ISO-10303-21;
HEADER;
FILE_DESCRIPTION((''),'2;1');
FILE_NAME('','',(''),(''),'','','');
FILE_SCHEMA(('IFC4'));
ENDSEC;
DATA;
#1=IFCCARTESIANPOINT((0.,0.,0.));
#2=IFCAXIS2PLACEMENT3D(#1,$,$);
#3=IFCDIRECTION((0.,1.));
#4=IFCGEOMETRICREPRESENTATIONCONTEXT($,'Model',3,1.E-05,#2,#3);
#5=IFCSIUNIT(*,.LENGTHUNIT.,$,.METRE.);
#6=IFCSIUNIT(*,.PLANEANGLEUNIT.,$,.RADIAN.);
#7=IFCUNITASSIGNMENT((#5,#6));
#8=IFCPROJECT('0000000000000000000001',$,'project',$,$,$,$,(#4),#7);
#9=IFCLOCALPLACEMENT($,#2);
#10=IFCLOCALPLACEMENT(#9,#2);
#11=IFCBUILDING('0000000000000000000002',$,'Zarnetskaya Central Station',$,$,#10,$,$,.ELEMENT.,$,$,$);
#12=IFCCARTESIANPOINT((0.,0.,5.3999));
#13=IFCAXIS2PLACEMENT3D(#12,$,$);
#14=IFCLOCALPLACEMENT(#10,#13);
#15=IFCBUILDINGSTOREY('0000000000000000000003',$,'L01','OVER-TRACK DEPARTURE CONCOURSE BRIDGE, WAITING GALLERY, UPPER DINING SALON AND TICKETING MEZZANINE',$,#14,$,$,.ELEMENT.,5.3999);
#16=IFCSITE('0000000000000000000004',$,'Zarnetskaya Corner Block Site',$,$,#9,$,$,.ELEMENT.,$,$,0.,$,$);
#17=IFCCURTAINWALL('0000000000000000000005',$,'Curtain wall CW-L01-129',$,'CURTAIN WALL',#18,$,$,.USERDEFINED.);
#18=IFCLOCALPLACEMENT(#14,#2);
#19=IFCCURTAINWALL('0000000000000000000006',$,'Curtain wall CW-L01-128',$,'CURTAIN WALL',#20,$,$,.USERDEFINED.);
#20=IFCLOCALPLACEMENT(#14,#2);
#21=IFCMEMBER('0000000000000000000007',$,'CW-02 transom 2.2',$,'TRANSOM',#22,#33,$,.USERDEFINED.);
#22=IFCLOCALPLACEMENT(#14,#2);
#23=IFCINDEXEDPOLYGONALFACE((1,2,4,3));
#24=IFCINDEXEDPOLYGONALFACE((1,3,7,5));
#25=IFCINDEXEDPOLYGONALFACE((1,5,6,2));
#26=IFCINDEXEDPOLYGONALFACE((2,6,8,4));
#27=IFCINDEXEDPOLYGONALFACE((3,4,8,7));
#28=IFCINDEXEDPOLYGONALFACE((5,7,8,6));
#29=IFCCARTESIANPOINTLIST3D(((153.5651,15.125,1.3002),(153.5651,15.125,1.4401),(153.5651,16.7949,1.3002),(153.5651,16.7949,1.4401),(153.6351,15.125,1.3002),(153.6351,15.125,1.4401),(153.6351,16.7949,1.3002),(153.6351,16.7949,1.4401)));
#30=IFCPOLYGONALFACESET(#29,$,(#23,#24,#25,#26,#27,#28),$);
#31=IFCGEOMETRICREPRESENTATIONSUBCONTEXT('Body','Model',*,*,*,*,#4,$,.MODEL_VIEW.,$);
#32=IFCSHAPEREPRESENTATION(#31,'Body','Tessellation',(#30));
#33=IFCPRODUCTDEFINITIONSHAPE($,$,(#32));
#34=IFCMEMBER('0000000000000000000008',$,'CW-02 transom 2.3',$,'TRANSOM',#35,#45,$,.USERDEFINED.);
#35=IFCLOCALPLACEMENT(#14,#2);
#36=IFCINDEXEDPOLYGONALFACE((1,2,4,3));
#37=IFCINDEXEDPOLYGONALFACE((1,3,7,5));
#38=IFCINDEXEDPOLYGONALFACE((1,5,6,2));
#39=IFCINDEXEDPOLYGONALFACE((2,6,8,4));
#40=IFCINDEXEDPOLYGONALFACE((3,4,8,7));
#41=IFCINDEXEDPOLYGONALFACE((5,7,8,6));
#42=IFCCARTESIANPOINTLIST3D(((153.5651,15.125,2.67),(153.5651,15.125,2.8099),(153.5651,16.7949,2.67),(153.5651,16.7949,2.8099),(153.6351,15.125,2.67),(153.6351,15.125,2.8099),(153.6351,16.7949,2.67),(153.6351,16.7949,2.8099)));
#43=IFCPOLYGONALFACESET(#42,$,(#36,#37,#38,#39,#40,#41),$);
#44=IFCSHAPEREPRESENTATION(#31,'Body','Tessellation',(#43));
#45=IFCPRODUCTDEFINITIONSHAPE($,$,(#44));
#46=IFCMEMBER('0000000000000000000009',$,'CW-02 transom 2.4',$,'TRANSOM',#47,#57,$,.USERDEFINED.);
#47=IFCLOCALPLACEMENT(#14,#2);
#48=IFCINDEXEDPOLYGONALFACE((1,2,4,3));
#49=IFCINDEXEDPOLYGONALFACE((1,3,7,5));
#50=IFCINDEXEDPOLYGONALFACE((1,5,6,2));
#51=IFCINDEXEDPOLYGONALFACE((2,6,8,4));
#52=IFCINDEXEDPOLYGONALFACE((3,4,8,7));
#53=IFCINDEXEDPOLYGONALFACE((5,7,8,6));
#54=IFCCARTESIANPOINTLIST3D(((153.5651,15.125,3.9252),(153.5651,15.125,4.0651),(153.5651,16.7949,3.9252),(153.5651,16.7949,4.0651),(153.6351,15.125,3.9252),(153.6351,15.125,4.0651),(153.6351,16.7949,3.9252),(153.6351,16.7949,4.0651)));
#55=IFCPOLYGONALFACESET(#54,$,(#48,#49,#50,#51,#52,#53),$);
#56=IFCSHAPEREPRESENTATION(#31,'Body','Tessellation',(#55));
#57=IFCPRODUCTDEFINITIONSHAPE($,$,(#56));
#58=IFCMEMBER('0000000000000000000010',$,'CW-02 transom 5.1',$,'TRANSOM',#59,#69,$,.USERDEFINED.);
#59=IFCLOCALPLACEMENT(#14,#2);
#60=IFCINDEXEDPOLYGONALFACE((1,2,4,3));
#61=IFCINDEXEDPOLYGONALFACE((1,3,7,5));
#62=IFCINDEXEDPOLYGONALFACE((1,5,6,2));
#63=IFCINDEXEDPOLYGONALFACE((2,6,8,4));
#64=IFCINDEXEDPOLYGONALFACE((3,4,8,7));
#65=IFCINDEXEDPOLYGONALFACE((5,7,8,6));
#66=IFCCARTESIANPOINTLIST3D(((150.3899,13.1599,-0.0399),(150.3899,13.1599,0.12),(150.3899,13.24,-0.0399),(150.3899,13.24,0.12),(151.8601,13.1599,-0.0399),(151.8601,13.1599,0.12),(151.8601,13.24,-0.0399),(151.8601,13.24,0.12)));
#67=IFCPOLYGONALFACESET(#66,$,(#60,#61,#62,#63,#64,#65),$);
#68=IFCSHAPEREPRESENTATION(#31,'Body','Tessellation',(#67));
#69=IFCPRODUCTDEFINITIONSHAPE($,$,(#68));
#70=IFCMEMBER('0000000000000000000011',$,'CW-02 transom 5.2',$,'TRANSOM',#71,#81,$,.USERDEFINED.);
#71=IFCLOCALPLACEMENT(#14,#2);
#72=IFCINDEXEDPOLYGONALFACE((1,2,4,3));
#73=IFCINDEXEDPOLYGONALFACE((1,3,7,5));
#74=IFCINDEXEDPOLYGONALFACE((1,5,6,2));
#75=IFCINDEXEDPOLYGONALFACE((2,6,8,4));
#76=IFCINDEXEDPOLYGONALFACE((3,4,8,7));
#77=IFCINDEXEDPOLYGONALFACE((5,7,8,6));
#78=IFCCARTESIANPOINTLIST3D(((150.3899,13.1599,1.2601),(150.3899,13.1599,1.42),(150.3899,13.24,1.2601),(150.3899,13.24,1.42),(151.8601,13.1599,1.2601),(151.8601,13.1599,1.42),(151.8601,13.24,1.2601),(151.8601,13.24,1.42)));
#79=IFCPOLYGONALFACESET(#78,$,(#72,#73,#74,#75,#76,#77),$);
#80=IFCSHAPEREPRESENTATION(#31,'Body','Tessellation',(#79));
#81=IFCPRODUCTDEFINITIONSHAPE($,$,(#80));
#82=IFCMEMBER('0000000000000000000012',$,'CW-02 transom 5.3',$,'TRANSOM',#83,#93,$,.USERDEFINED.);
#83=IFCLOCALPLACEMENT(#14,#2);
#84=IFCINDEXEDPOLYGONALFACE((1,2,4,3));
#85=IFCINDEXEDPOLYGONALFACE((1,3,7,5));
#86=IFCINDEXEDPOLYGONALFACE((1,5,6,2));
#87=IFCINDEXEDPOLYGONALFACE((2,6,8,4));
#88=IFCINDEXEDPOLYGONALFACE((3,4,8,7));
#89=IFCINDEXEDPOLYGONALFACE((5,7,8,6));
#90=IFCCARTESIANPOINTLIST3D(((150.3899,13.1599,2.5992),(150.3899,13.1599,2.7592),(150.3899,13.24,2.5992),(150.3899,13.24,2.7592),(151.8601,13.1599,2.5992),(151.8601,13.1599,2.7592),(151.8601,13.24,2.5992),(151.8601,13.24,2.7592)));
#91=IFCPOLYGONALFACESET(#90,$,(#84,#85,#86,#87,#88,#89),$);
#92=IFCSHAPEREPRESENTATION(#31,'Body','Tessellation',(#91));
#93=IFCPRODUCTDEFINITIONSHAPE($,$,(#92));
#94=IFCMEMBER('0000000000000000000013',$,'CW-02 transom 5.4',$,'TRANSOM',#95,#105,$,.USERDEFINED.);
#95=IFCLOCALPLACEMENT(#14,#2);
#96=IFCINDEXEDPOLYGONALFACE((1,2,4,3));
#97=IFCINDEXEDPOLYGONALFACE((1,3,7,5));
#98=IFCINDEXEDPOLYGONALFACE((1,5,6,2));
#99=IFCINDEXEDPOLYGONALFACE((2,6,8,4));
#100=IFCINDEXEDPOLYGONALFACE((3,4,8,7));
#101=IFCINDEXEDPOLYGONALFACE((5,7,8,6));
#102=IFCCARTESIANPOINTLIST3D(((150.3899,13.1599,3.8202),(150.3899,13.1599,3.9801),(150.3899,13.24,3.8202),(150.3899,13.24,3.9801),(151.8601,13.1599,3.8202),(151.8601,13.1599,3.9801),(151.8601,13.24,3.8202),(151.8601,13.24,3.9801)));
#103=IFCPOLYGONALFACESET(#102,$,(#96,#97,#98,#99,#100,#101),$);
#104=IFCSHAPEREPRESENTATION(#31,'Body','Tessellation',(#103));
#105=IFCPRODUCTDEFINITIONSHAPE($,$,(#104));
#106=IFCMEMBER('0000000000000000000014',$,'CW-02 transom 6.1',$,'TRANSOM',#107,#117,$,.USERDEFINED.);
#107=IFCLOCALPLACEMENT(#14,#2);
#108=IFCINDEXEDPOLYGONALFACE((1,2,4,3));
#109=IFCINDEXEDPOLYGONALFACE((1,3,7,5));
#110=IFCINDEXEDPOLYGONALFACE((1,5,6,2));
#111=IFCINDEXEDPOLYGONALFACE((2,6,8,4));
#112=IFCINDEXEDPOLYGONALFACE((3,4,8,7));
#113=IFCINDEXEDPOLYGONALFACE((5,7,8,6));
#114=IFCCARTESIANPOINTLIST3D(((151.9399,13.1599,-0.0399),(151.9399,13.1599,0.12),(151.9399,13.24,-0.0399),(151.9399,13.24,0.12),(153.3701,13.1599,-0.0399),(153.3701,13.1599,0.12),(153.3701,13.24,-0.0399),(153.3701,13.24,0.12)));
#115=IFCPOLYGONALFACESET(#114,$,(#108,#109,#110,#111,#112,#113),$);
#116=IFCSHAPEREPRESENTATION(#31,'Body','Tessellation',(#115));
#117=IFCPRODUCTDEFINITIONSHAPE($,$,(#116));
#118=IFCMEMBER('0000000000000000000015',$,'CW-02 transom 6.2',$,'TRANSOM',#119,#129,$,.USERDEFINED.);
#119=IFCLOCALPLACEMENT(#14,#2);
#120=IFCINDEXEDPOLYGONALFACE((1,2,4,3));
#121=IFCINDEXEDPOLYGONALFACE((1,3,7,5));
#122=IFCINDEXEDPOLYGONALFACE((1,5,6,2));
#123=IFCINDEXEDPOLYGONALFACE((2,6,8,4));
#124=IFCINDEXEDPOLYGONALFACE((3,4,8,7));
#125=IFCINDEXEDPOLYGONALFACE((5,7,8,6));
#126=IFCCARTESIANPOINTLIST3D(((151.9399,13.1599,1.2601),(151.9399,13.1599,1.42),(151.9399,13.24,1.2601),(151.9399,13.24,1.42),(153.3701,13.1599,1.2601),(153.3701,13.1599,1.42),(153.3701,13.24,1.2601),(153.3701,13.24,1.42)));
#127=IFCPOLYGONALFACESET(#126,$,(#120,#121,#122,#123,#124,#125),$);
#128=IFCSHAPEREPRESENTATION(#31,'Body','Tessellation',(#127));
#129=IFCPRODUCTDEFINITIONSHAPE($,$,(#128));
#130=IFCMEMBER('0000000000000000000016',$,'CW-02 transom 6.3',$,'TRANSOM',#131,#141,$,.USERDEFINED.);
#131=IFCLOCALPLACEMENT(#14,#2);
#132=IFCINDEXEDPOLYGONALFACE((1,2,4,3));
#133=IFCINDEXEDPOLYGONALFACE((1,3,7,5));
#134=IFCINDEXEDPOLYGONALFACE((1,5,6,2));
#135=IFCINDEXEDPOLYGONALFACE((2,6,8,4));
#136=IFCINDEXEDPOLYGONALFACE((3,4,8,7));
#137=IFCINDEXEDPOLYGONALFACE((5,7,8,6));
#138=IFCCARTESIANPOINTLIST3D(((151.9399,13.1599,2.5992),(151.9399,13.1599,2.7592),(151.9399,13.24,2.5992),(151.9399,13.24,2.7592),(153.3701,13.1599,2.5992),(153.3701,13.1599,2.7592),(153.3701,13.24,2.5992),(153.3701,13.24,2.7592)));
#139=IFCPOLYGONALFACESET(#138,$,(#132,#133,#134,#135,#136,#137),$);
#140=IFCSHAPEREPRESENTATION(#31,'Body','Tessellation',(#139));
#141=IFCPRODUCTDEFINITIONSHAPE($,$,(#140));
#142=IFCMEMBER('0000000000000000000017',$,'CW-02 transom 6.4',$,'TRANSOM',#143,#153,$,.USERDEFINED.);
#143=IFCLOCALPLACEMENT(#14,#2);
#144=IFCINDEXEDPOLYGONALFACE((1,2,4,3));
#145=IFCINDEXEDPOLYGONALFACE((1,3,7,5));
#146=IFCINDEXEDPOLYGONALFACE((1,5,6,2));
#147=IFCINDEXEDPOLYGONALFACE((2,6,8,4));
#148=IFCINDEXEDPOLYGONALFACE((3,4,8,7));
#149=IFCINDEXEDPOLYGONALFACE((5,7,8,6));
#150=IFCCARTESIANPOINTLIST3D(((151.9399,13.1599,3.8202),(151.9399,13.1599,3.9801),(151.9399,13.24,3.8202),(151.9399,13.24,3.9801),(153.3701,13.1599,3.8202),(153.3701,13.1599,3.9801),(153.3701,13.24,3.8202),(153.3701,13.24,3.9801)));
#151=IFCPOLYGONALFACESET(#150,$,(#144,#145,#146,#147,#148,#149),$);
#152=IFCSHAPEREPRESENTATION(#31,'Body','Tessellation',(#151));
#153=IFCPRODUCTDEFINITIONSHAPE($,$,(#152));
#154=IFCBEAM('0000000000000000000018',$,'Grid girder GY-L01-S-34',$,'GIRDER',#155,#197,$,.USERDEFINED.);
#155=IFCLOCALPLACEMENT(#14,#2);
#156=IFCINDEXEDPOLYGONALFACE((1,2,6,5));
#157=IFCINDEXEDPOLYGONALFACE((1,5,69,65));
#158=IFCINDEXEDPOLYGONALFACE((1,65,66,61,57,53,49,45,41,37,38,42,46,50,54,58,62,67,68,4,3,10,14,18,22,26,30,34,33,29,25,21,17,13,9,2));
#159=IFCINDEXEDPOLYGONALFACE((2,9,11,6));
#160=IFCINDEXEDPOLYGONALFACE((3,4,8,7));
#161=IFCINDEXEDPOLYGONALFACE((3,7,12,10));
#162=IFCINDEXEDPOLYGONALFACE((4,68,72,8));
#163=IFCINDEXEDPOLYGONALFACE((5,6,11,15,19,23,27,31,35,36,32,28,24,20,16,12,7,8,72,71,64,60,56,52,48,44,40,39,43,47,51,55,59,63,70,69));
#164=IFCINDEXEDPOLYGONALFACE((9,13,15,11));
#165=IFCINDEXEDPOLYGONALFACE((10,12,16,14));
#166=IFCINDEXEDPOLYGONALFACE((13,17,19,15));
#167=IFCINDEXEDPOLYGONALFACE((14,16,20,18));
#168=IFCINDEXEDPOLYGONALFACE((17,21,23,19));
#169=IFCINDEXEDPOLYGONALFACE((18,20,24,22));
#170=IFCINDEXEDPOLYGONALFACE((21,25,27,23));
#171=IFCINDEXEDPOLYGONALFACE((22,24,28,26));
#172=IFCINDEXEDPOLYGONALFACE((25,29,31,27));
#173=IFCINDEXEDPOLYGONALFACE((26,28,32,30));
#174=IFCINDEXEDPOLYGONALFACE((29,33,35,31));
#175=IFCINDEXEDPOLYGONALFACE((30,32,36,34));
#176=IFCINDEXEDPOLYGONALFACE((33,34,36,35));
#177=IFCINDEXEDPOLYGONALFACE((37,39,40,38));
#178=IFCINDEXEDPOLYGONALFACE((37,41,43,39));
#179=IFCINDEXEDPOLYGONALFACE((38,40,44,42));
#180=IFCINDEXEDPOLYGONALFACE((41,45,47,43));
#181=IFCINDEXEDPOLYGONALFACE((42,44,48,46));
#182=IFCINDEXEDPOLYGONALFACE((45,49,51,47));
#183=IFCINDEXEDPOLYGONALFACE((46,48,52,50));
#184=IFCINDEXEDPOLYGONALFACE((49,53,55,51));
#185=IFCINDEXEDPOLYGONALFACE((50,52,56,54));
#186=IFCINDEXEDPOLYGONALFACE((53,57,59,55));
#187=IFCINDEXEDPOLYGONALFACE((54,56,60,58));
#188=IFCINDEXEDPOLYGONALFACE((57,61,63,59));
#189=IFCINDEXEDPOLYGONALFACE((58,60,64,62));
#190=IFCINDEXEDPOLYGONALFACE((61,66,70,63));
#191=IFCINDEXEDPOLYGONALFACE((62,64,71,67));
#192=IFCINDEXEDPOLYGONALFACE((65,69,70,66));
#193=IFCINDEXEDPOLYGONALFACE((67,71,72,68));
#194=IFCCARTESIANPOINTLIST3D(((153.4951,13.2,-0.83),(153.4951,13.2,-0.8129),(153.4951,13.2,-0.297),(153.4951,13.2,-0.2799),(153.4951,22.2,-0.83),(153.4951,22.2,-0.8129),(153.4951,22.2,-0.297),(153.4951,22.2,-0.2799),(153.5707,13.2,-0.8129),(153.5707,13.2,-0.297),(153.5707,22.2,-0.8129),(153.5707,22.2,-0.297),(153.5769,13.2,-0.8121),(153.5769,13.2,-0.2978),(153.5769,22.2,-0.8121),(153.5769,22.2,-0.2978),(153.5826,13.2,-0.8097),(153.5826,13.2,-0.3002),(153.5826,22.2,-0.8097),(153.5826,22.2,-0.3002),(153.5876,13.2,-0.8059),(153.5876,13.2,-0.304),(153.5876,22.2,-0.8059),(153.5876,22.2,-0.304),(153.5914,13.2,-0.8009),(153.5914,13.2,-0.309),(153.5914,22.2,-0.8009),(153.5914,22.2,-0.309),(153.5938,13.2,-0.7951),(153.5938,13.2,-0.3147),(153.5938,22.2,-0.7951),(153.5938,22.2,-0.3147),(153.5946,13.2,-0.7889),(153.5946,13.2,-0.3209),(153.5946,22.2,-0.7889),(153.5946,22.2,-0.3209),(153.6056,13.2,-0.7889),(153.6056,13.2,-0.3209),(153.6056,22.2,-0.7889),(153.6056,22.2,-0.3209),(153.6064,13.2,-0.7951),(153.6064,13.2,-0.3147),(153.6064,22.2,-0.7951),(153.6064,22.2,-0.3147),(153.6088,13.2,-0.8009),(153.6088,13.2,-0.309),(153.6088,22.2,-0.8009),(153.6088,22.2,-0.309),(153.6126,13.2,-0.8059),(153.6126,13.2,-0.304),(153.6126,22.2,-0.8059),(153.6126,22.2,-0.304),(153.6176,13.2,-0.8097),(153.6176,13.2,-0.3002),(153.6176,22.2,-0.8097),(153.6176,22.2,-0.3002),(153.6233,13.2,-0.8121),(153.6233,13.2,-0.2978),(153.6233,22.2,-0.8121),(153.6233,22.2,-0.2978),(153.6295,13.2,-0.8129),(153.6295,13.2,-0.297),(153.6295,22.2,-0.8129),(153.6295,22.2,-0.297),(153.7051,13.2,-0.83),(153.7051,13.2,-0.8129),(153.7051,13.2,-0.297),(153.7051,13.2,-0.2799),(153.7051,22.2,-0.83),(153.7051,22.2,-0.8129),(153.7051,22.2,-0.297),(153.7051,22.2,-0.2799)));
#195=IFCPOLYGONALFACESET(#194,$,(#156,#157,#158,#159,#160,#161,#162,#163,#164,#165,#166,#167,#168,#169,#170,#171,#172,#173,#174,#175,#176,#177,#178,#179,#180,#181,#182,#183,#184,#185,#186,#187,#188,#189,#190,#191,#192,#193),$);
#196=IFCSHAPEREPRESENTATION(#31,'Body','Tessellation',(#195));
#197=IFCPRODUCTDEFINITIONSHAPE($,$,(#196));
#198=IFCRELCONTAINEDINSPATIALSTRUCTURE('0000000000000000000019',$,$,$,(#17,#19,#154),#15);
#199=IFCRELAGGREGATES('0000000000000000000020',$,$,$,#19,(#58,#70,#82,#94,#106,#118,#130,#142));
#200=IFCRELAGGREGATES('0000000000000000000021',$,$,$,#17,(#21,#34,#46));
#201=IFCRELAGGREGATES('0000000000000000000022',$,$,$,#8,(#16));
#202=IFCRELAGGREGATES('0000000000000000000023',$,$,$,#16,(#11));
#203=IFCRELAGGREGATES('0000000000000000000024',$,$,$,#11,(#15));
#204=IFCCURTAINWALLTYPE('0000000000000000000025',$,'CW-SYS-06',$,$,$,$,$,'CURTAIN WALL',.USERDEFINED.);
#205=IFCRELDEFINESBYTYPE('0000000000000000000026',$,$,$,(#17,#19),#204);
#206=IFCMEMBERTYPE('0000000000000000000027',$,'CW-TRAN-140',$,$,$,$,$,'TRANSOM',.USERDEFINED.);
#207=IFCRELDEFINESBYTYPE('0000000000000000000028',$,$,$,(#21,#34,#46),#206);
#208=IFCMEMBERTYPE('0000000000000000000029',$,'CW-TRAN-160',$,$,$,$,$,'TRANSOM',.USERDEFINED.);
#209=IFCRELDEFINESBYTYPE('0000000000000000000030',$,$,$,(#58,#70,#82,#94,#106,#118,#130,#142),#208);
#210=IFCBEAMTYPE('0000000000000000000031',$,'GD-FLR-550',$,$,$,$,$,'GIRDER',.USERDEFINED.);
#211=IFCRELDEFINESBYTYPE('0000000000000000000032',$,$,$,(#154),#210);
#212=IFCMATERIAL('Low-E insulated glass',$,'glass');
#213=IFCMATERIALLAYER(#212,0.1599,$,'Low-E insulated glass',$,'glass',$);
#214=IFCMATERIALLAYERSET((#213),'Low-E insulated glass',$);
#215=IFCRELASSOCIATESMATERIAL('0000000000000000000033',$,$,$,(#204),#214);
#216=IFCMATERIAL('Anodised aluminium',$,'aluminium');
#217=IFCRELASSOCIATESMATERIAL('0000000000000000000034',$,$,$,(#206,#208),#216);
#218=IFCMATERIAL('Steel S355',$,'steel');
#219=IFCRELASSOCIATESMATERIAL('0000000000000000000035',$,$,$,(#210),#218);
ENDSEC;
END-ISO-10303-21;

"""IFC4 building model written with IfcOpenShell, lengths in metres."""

from ifc_helpers import new_model, si_unit, direction, frame, origin, origin_2d, place, context, subcontext, project, spatial, rectangle, i_section, extrude, material, layer, layer_set, material_profile, profile_set, type_object, element, aggregate, save


model = new_model("IFC4")

# Units and contexts
model_context = context("Model", 3, precision=1e-05, world=origin(), true_north=direction((0.0, 1.0)))
body_context = subcontext(model_context, "Body", "Model", "MODEL_VIEW")
ifc_project = project(units=[si_unit("LENGTHUNIT", "METRE"), si_unit("PLANEANGLEUNIT", "RADIAN")], contexts=[model_context])

# Site, building, storey
site_placement = place(None, origin())
site = spatial("IfcSite", under=ifc_project, at=site_placement, Name="Zarnetskaya Corner Block Site", CompositionType="ELEMENT", RefElevation=0.0)
building_placement = place(site_placement, origin())
building = spatial("IfcBuilding", under=site, at=building_placement, Name="Zarnetskaya Central Station", CompositionType="ELEMENT")
storey_placement = place(building_placement, frame((0.0, 0.0, 5.3999)))
storey = spatial("IfcBuildingStorey", under=building, at=storey_placement, Name="L01", Description="OVER-TRACK DEPARTURE CONCOURSE BRIDGE, WAITING GALLERY, UPPER DINING SALON AND TICKETING MEZZANINE", CompositionType="ELEMENT", Elevation=5.3999)

# Shared definitions
ifc_material_1 = material(Name="Steel S355", Category="steel")

# Curtain walls
ifc_material_2 = material(Name="Low-E insulated glass", Category="glass")
ifc_layer_1 = layer(ifc_material_2, 0.1599, Name="Low-E insulated glass", Category="glass")
ifc_layer_set_1 = layer_set([ifc_layer_1], Name="Low-E insulated glass")
curtain_wall_type = type_object("IfcCurtainWallType", Name="CW-SYS-06", ElementType="CURTAIN WALL", PredefinedType="USERDEFINED", material=ifc_layer_set_1)
curtain_wall_1_placement = place(storey_placement, origin())
curtain_wall_1 = element("IfcCurtainWall", 1, at=curtain_wall_1_placement, inside=storey, type_object=curtain_wall_type, Name="Curtain wall CW-L01-129", ObjectType="CURTAIN WALL", PredefinedType="USERDEFINED")
ifc_material_3 = material(Name="Anodised aluminium", Category="aluminium")
curtain_wall_2_placement = place(storey_placement, origin())
curtain_wall_2 = element("IfcCurtainWall", 2, at=curtain_wall_2_placement, inside=storey, type_object=curtain_wall_type, Name="Curtain wall CW-L01-128", ObjectType="CURTAIN WALL", PredefinedType="USERDEFINED")

# Members
ifc_material_profile_1 = material_profile(ifc_material_3, rectangle(XDim=0.0701, YDim=0.1399, at=origin_2d()), Name="ALU TRAN 70x140")
ifc_profile_set_1 = profile_set([ifc_material_profile_1], Name="Anodised aluminium")
member_type_1 = type_object("IfcMemberType", Name="CW-TRAN-140", ElementType="TRANSOM", PredefinedType="USERDEFINED", material=ifc_profile_set_1)
member_1_placement = place(storey_placement, frame((153.6001, 15.125, 1.3701), z_axis=(0.0, 1.0, 0.0), x_axis=(-1.0, 0.0, 0.0)))
member_1 = element("IfcMember", 3, at=member_1_placement, type_object=member_type_1, Name="CW-02 transom 2.2", ObjectType="TRANSOM", PredefinedType="USERDEFINED", context=body_context, shape_type="SweptSolid", body=[
    extrude(rectangle(XDim=0.0701, YDim=0.1399, at=origin_2d()), origin(), (0.0, 0.0, 1.0), 1.6699),
])
member_2_placement = place(storey_placement, frame((153.6001, 15.125, 2.74), z_axis=(0.0, 1.0, 0.0), x_axis=(-1.0, 0.0, 0.0)))
member_2 = element("IfcMember", 4, at=member_2_placement, type_object=member_type_1, Name="CW-02 transom 2.3", ObjectType="TRANSOM", PredefinedType="USERDEFINED", context=body_context, shape_type="SweptSolid", body=[
    extrude(rectangle(XDim=0.0701, YDim=0.1399, at=origin_2d()), origin(), (0.0, 0.0, 1.0), 1.6699),
])
member_3_placement = place(storey_placement, frame((153.6001, 15.125, 3.9951), z_axis=(0.0, 1.0, 0.0), x_axis=(-1.0, 0.0, 0.0)))
member_3 = element("IfcMember", 5, at=member_3_placement, type_object=member_type_1, Name="CW-02 transom 2.4", ObjectType="TRANSOM", PredefinedType="USERDEFINED", context=body_context, shape_type="SweptSolid", body=[
    extrude(rectangle(XDim=0.0701, YDim=0.1399, at=origin_2d()), origin(), (0.0, 0.0, 1.0), 1.6699),
])
ifc_material_profile_2 = material_profile(ifc_material_3, rectangle(XDim=0.0801, YDim=0.1599, at=origin_2d()), Name="ALU TRAN 80x160")
ifc_profile_set_2 = profile_set([ifc_material_profile_2], Name="Anodised aluminium")
member_type_2 = type_object("IfcMemberType", Name="CW-TRAN-160", ElementType="TRANSOM", PredefinedType="USERDEFINED", material=ifc_profile_set_2)
member_4_placement = place(storey_placement, frame((150.3899, 13.2, 0.04), z_axis=(1.0, 0.0, 0.0), x_axis=(0.0, 1.0, 0.0)))
member_4 = element("IfcMember", 6, at=member_4_placement, type_object=member_type_2, Name="CW-02 transom 5.1", ObjectType="TRANSOM", PredefinedType="USERDEFINED", context=body_context, shape_type="SweptSolid", body=[
    extrude(rectangle(XDim=0.0801, YDim=0.1599, at=origin_2d()), origin(), (0.0, 0.0, 1.0), 1.4702),
])
member_5_placement = place(storey_placement, frame((150.3899, 13.2, 1.3401), z_axis=(1.0, 0.0, 0.0), x_axis=(0.0, 1.0, 0.0)))
member_5 = element("IfcMember", 7, at=member_5_placement, type_object=member_type_2, Name="CW-02 transom 5.2", ObjectType="TRANSOM", PredefinedType="USERDEFINED", context=body_context, shape_type="SweptSolid", body=[
    extrude(rectangle(XDim=0.0801, YDim=0.1599, at=origin_2d()), origin(), (0.0, 0.0, 1.0), 1.4702),
])
member_6_placement = place(storey_placement, frame((150.3899, 13.2, 2.6792), z_axis=(1.0, 0.0, 0.0), x_axis=(0.0, 1.0, 0.0)))
member_6 = element("IfcMember", 8, at=member_6_placement, type_object=member_type_2, Name="CW-02 transom 5.3", ObjectType="TRANSOM", PredefinedType="USERDEFINED", context=body_context, shape_type="SweptSolid", body=[
    extrude(rectangle(XDim=0.0801, YDim=0.1599, at=origin_2d()), origin(), (0.0, 0.0, 1.0), 1.4702),
])
member_7_placement = place(storey_placement, frame((150.3899, 13.2, 3.9001), z_axis=(1.0, 0.0, 0.0), x_axis=(0.0, 1.0, 0.0)))
member_7 = element("IfcMember", 9, at=member_7_placement, type_object=member_type_2, Name="CW-02 transom 5.4", ObjectType="TRANSOM", PredefinedType="USERDEFINED", context=body_context, shape_type="SweptSolid", body=[
    extrude(rectangle(XDim=0.0801, YDim=0.1599, at=origin_2d()), origin(), (0.0, 0.0, 1.0), 1.4702),
])
member_8_placement = place(storey_placement, frame((151.9399, 13.2, 0.04), z_axis=(1.0, 0.0, 0.0), x_axis=(0.0, 1.0, 0.0)))
member_8 = element("IfcMember", 10, at=member_8_placement, type_object=member_type_2, Name="CW-02 transom 6.1", ObjectType="TRANSOM", PredefinedType="USERDEFINED", context=body_context, shape_type="SweptSolid", body=[
    extrude(rectangle(XDim=0.0801, YDim=0.1599, at=origin_2d()), origin(), (0.0, 0.0, 1.0), 1.4302),
])
member_9_placement = place(storey_placement, frame((151.9399, 13.2, 1.3401), z_axis=(1.0, 0.0, 0.0), x_axis=(0.0, 1.0, 0.0)))
member_9 = element("IfcMember", 11, at=member_9_placement, type_object=member_type_2, Name="CW-02 transom 6.2", ObjectType="TRANSOM", PredefinedType="USERDEFINED", context=body_context, shape_type="SweptSolid", body=[
    extrude(rectangle(XDim=0.0801, YDim=0.1599, at=origin_2d()), origin(), (0.0, 0.0, 1.0), 1.4302),
])
member_10_placement = place(storey_placement, frame((151.9399, 13.2, 2.6792), z_axis=(1.0, 0.0, 0.0), x_axis=(0.0, 1.0, 0.0)))
member_10 = element("IfcMember", 12, at=member_10_placement, type_object=member_type_2, Name="CW-02 transom 6.3", ObjectType="TRANSOM", PredefinedType="USERDEFINED", context=body_context, shape_type="SweptSolid", body=[
    extrude(rectangle(XDim=0.0801, YDim=0.1599, at=origin_2d()), origin(), (0.0, 0.0, 1.0), 1.4302),
])
member_11_placement = place(storey_placement, frame((151.9399, 13.2, 3.9001), z_axis=(1.0, 0.0, 0.0), x_axis=(0.0, 1.0, 0.0)))
member_11 = element("IfcMember", 13, at=member_11_placement, type_object=member_type_2, Name="CW-02 transom 6.4", ObjectType="TRANSOM", PredefinedType="USERDEFINED", context=body_context, shape_type="SweptSolid", body=[
    extrude(rectangle(XDim=0.0801, YDim=0.1599, at=origin_2d()), origin(), (0.0, 0.0, 1.0), 1.4302),
])

# Beam
ifc_material_profile_3 = material_profile(ifc_material_1, i_section(OverallWidth=0.21, OverallDepth=0.55, WebThickness=0.011, FlangeThickness=0.0171, FilletRadius=0.0239, at=origin_2d()), Name="IPE 550")
ifc_profile_set_3 = profile_set([ifc_material_profile_3], Name="Steel S355")
beam_type_1 = type_object("IfcBeamType", Name="GD-FLR-550", ElementType="GIRDER", PredefinedType="USERDEFINED", material=ifc_profile_set_3)
beam_1_placement = place(storey_placement, frame((153.6001, 13.2, -0.5549), z_axis=(0.0, 1.0, 0.0), x_axis=(-1.0, 0.0, 0.0)))
element("IfcBeam", 14, at=beam_1_placement, inside=storey, type_object=beam_type_1, Name="Grid girder GY-L01-S-34", ObjectType="GIRDER", PredefinedType="USERDEFINED", context=body_context, shape_type="SweptSolid", body=[
    extrude(i_section(OverallWidth=0.21, OverallDepth=0.55, WebThickness=0.011, FlangeThickness=0.0171, FilletRadius=0.0239, at=origin_2d()), origin(), (0.0, 0.0, 1.0), 9.0),
])

aggregate(curtain_wall_2, [member_4, member_5, member_6, member_7, member_8, member_9, member_10, member_11])
aggregate(curtain_wall_1, [member_1, member_2, member_3])

save(model, "model.ifc")
